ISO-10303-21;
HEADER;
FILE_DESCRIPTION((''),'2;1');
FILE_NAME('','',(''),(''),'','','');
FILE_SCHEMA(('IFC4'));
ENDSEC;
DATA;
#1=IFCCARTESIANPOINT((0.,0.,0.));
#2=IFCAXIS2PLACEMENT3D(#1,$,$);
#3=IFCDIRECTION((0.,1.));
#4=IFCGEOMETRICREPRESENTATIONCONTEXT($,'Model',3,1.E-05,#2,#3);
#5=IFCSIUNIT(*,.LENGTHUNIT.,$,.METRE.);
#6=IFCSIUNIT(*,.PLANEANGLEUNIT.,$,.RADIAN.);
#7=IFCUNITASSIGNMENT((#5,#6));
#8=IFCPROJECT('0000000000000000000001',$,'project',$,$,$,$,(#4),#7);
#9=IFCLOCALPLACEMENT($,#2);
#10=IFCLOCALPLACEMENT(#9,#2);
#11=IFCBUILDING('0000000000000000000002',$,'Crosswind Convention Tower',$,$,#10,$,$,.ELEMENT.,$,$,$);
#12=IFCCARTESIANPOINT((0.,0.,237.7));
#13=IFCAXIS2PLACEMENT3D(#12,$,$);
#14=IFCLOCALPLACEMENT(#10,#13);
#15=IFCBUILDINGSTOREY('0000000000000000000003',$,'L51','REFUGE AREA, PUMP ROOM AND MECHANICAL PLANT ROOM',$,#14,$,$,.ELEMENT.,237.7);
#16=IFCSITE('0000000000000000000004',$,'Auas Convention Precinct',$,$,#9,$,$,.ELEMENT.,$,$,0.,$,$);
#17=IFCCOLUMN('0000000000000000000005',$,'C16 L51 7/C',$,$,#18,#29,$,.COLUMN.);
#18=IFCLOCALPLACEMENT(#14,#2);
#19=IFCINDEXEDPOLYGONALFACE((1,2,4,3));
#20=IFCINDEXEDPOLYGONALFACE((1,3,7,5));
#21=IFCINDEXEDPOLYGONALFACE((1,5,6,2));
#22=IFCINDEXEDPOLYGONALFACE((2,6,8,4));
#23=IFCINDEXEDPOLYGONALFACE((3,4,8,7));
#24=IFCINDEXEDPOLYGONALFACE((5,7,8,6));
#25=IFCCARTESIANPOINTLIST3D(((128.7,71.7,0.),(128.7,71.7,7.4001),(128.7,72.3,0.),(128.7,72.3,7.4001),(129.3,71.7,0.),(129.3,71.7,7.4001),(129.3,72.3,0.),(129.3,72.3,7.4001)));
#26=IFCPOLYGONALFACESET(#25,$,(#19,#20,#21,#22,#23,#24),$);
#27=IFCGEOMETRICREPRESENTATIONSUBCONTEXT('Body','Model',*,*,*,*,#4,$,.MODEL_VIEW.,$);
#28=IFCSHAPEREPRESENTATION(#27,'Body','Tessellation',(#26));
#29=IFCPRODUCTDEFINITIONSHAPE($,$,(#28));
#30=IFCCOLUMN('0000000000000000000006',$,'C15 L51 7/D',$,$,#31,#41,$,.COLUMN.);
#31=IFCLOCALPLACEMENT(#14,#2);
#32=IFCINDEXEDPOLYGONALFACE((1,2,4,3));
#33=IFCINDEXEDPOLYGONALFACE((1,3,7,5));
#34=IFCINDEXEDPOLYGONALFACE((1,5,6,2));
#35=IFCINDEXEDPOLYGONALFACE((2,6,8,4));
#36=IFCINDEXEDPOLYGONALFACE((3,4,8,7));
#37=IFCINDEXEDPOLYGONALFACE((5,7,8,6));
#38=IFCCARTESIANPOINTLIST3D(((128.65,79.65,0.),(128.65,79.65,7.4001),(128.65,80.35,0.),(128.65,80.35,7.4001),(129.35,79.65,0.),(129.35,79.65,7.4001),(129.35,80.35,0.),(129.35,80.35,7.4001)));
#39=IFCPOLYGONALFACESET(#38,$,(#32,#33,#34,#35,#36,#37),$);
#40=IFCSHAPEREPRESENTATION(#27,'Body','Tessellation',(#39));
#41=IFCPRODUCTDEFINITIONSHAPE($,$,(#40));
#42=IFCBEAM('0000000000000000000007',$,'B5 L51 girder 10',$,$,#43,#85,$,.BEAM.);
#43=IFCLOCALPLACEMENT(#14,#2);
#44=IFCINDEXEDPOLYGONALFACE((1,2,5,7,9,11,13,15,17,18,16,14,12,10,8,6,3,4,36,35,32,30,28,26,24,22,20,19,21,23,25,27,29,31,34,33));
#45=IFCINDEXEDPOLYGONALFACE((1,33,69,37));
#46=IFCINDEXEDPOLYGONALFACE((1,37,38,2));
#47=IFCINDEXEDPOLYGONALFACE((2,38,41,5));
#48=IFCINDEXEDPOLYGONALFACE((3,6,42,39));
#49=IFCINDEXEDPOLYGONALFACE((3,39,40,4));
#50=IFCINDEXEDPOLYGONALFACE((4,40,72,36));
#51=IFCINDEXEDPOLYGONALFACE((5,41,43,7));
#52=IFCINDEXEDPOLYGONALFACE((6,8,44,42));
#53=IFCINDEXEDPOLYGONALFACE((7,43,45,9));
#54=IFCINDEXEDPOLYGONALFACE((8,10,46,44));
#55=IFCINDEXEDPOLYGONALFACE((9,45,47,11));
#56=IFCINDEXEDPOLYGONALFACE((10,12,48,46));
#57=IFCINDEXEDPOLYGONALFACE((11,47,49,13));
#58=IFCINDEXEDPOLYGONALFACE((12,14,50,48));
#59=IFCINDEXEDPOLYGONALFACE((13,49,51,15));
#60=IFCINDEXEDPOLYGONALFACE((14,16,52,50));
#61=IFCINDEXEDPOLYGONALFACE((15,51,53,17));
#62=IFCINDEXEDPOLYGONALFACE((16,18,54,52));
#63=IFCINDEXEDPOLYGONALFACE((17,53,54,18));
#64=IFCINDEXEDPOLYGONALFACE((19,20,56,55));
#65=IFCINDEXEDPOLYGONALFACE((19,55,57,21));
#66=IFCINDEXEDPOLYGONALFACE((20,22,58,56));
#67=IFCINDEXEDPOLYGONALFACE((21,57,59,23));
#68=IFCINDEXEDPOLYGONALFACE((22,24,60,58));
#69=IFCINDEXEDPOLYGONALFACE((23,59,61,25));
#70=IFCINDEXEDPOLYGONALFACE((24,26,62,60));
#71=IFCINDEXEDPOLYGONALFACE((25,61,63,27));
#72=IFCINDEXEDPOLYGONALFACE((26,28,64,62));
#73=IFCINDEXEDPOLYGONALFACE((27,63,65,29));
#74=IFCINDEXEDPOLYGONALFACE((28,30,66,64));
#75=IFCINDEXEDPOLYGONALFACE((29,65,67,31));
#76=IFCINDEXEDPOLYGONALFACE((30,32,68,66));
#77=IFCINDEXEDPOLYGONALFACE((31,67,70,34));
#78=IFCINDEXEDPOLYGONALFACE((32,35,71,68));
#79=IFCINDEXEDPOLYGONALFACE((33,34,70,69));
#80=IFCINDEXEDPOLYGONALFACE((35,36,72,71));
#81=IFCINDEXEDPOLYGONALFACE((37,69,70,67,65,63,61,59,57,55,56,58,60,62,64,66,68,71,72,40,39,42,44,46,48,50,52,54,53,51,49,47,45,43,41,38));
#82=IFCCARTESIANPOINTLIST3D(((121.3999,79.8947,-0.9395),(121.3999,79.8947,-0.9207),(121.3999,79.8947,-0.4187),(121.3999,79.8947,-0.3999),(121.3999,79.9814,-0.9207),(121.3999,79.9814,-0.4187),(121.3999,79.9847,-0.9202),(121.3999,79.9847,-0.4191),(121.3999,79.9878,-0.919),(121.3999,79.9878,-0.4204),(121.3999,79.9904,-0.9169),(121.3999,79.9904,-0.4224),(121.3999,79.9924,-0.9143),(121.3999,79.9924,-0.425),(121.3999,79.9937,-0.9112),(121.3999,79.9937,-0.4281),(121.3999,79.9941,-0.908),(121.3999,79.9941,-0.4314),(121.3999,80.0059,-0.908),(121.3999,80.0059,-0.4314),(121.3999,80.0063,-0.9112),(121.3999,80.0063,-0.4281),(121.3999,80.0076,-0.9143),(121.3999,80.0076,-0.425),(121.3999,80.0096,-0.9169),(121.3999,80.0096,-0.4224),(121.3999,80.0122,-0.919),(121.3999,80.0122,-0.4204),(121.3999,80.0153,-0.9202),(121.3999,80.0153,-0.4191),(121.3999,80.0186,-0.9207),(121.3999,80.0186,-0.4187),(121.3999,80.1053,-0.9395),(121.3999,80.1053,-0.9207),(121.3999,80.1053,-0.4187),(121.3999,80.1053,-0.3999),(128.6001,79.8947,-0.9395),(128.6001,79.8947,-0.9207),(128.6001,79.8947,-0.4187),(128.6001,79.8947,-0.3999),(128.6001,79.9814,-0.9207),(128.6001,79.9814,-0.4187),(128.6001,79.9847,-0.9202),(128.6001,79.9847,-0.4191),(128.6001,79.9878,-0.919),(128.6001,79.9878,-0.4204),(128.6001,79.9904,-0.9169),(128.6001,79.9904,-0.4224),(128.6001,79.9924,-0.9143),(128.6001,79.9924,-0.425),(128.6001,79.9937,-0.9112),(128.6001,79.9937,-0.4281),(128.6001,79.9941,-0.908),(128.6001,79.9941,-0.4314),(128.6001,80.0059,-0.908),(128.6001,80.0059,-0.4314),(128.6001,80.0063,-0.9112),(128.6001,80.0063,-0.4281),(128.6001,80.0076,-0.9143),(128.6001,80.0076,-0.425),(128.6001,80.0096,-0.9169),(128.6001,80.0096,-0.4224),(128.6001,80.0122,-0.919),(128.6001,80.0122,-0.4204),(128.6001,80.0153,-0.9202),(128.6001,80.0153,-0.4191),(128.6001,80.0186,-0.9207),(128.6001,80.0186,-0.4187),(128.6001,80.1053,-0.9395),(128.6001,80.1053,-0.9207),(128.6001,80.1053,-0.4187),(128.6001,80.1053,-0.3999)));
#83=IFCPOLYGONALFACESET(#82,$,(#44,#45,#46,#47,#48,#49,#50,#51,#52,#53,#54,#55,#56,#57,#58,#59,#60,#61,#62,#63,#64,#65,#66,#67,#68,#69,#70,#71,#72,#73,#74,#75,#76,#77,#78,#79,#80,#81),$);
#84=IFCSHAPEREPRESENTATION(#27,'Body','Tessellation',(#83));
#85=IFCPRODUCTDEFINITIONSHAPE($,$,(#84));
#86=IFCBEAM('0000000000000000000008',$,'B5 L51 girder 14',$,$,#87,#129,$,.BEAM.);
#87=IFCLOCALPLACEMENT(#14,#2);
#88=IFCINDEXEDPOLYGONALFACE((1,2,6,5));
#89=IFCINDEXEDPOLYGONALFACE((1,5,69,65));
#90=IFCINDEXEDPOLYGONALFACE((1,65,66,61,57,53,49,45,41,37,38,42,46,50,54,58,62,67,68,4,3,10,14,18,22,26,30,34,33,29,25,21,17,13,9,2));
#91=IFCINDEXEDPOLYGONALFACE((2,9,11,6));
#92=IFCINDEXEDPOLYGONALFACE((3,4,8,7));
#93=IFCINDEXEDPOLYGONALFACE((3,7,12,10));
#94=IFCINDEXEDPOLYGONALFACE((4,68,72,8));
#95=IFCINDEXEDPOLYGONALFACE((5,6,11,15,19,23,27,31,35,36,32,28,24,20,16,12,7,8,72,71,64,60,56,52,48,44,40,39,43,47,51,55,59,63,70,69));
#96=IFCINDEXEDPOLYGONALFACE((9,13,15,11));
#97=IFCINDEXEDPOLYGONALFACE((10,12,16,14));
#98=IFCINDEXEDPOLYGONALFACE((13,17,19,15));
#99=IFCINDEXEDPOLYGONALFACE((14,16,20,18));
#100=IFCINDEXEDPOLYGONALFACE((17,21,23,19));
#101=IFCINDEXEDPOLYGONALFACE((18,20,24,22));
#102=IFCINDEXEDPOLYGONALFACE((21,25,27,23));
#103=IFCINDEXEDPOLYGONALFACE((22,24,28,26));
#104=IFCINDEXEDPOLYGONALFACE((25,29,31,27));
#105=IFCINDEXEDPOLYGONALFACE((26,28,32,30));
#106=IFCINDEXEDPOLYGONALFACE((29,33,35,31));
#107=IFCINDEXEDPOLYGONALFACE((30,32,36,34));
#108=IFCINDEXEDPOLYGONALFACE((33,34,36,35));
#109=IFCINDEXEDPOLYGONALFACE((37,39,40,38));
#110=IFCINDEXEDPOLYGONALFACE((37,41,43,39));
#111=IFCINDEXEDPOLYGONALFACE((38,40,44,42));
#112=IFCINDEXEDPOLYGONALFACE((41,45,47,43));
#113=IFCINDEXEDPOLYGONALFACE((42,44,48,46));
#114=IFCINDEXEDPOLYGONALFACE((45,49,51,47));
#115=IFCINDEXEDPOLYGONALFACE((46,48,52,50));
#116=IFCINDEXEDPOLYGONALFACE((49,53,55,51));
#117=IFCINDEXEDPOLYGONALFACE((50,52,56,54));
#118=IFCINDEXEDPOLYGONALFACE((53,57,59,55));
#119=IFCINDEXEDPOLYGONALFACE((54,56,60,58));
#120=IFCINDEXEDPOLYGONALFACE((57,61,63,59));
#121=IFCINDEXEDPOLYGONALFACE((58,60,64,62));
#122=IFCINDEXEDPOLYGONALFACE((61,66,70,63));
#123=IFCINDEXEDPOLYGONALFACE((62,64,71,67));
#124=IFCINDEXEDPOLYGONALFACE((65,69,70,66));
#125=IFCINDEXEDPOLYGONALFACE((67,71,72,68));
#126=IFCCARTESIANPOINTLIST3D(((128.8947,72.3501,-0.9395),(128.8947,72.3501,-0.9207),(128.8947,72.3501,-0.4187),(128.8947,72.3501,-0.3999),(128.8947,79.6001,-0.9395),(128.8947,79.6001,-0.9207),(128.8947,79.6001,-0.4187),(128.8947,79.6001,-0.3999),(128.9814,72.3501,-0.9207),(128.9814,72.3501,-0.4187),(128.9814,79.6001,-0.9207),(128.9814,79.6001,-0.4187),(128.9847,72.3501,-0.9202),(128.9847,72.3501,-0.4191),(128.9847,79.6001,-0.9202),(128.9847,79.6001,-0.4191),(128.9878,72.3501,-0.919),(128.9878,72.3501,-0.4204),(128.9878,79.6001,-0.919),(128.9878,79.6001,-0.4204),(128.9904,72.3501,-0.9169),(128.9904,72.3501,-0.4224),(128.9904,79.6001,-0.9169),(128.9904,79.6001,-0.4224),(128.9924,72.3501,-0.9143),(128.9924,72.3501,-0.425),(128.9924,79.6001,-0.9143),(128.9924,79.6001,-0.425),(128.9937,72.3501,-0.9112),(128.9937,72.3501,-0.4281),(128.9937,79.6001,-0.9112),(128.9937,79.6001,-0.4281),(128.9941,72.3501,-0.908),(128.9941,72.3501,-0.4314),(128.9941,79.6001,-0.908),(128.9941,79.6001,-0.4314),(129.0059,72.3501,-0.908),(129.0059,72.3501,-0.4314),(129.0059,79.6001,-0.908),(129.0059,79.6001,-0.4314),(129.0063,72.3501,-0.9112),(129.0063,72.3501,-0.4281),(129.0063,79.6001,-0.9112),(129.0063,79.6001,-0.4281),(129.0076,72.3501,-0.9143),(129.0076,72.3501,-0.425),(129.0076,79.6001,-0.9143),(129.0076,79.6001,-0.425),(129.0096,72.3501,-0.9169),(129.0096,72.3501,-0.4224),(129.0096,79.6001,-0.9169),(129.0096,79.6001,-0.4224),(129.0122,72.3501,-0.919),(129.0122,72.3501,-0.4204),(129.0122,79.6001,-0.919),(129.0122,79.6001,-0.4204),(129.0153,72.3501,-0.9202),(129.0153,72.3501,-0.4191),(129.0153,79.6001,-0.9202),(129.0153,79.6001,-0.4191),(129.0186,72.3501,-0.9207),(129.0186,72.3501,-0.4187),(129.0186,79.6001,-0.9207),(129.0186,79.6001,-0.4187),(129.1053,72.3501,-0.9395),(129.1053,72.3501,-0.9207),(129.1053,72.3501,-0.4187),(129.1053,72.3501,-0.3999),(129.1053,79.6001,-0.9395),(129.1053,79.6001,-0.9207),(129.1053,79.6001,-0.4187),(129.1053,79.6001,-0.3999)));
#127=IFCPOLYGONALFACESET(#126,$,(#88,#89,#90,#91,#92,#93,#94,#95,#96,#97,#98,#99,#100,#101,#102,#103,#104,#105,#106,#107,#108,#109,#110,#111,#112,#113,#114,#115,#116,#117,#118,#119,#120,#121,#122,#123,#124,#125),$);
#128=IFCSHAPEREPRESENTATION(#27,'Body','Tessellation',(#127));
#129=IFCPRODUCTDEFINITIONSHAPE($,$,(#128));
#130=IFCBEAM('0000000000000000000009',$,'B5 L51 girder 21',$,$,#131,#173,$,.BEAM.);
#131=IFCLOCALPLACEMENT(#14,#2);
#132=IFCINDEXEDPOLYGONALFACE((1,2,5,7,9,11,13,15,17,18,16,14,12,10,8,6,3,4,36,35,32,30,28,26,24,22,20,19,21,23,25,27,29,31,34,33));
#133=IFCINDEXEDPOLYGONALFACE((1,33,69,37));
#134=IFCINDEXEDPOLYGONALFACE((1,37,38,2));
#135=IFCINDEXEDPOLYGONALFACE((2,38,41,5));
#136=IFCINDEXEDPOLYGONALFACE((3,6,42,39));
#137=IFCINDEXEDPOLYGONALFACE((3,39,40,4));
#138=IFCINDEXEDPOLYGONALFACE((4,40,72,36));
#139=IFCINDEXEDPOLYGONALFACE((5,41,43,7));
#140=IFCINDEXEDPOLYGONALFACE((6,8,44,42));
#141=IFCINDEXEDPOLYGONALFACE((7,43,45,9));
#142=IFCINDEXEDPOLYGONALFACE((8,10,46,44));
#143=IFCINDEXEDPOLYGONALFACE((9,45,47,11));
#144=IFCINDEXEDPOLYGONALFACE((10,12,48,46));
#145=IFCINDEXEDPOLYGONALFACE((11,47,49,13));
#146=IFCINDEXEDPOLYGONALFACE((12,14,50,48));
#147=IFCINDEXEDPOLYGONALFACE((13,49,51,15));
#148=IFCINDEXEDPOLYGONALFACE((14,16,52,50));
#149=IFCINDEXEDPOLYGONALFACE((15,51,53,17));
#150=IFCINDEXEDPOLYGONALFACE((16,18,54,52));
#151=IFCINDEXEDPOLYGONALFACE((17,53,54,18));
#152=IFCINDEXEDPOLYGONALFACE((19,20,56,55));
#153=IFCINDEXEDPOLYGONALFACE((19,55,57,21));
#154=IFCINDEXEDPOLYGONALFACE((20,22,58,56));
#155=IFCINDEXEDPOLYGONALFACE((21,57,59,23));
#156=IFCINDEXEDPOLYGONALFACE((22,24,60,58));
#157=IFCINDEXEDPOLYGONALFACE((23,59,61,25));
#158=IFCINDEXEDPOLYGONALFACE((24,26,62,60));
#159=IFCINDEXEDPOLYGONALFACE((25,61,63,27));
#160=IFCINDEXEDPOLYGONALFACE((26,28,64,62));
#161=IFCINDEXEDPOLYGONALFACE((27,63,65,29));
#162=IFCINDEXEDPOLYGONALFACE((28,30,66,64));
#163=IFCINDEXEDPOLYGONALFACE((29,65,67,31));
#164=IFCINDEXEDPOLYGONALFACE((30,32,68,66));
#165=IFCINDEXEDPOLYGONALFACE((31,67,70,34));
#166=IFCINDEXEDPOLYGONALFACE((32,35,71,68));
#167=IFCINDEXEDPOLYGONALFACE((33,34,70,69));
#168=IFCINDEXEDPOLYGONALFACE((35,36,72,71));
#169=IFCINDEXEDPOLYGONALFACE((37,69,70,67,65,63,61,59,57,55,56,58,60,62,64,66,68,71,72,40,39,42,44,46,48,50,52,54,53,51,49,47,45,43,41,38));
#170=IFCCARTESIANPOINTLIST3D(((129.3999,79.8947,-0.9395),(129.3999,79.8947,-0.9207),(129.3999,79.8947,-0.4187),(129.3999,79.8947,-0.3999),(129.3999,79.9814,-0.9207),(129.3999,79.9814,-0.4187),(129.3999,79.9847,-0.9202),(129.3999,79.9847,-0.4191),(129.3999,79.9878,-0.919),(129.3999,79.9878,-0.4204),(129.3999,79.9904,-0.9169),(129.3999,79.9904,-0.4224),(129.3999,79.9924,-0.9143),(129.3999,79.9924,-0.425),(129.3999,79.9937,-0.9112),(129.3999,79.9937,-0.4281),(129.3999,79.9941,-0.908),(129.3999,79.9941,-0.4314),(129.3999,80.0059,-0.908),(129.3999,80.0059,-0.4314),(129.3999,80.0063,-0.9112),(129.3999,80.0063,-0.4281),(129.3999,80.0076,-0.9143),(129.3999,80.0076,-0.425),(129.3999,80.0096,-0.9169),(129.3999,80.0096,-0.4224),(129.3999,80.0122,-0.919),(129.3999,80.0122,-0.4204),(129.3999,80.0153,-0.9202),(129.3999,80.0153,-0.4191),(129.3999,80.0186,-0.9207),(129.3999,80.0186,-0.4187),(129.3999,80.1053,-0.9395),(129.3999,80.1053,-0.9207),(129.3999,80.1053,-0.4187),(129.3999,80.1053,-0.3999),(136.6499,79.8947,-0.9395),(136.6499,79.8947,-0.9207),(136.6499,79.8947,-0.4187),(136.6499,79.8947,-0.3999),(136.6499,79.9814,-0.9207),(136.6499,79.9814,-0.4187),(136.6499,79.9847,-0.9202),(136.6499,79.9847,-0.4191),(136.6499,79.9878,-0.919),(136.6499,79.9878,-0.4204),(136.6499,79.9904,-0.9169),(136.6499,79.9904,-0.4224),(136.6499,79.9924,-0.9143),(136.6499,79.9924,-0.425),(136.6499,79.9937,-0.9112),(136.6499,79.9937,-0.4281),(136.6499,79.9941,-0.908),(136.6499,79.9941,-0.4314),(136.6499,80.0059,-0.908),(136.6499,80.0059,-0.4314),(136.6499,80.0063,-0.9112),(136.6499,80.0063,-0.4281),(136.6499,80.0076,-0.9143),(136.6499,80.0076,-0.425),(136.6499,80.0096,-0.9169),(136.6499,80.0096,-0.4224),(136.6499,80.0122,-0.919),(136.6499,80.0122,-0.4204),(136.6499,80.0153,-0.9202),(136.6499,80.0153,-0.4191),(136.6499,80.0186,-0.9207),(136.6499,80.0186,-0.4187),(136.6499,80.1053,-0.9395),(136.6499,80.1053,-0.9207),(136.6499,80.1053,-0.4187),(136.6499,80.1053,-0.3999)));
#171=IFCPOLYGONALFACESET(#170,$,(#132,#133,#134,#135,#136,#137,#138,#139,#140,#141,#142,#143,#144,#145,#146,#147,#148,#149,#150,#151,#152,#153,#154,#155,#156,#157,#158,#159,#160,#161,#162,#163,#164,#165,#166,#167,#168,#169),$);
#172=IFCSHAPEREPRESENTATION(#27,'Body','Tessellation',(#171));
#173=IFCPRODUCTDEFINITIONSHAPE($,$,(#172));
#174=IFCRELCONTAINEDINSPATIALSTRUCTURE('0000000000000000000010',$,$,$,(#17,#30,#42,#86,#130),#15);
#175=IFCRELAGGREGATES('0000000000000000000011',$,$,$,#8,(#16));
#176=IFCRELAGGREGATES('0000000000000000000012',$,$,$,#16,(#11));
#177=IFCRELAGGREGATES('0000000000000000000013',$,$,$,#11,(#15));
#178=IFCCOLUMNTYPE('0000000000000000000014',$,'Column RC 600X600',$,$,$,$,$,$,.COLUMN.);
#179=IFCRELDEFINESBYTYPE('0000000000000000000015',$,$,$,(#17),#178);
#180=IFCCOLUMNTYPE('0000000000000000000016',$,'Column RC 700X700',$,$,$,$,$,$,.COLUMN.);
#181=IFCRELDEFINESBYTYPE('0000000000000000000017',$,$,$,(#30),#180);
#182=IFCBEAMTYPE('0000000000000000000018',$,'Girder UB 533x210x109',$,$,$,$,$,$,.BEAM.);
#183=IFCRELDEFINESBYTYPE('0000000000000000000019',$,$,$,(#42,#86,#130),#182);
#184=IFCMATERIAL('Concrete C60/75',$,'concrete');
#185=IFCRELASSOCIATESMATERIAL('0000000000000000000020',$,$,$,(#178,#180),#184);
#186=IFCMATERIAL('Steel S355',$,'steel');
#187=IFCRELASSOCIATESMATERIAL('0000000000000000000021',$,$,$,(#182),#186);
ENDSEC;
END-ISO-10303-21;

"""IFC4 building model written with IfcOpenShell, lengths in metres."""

from ifc_helpers import new_model, si_unit, direction, frame, origin, origin_2d, place, context, subcontext, project, spatial, rectangle, i_section, extrude, material, material_profile, profile_set, type_object, element, save


model = new_model("IFC4")

# Units and contexts
model_context = context("Model", 3, precision=1e-05, world=origin(), true_north=direction((0.0, 1.0)))
body_context = subcontext(model_context, "Body", "Model", "MODEL_VIEW")
ifc_project = project(units=[si_unit("LENGTHUNIT", "METRE"), si_unit("PLANEANGLEUNIT", "RADIAN")], contexts=[model_context])

# Site, building, storey
site_placement = place(None, origin())
site = spatial("IfcSite", under=ifc_project, at=site_placement, Name="Auas Convention Precinct", CompositionType="ELEMENT", RefElevation=0.0)
building_placement = place(site_placement, origin())
building = spatial("IfcBuilding", under=site, at=building_placement, Name="Crosswind Convention Tower", CompositionType="ELEMENT")
storey_placement = place(building_placement, frame((0.0, 0.0, 237.7)))
storey = spatial("IfcBuildingStorey", under=building, at=storey_placement, Name="L51", Description="REFUGE AREA, PUMP ROOM AND MECHANICAL PLANT ROOM", CompositionType="ELEMENT", Elevation=237.7)

# Columns
ifc_material_1 = material(Name="Concrete C60/75", Category="concrete")
ifc_material_profile_1 = material_profile(ifc_material_1, rectangle(XDim=0.6001, YDim=0.6001, at=origin_2d()), Name="RC 600X600")
ifc_profile_set_1 = profile_set([ifc_material_profile_1], Name="Concrete C60/75")
column_type_1 = type_object("IfcColumnType", Name="Column RC 600X600", PredefinedType="COLUMN", material=ifc_profile_set_1)
column_1_placement = place(storey_placement, frame((129.0, 72.0, 0.0), z_axis=(0.0, 0.0, 1.0), x_axis=(1.0, 0.0, 0.0)))
element("IfcColumn", 1, at=column_1_placement, inside=storey, type_object=column_type_1, Name="C16 L51 7/C", PredefinedType="COLUMN", context=body_context, shape_type="SweptSolid", body=[
    extrude(rectangle(XDim=0.6001, YDim=0.6001, at=origin_2d()), origin(), (0.0, 0.0, 1.0), 7.4001),
])
ifc_material_profile_2 = material_profile(ifc_material_1, rectangle(XDim=0.7, YDim=0.7, at=origin_2d()), Name="RC 700X700")
ifc_profile_set_2 = profile_set([ifc_material_profile_2], Name="Concrete C60/75")
column_type_2 = type_object("IfcColumnType", Name="Column RC 700X700", PredefinedType="COLUMN", material=ifc_profile_set_2)
column_2_placement = place(storey_placement, frame((129.0, 80.0, 0.0), z_axis=(0.0, 0.0, 1.0), x_axis=(1.0, 0.0, 0.0)))
element("IfcColumn", 2, at=column_2_placement, inside=storey, type_object=column_type_2, Name="C15 L51 7/D", PredefinedType="COLUMN", context=body_context, shape_type="SweptSolid", body=[
    extrude(rectangle(XDim=0.7, YDim=0.7, at=origin_2d()), origin(), (0.0, 0.0, 1.0), 7.4001),
])

# Beams
ifc_material_2 = material(Name="Steel S355", Category="steel")
ifc_material_profile_3 = material_profile(ifc_material_2, i_section(OverallWidth=0.2107, OverallDepth=0.5396, WebThickness=0.0117, FlangeThickness=0.0188, FilletRadius=0.0127, at=origin_2d()), Name="UB 533x210x109")
ifc_profile_set_3 = profile_set([ifc_material_profile_3], Name="Steel S355")
beam_type_1 = type_object("IfcBeamType", Name="Girder UB 533x210x109", PredefinedType="BEAM", material=ifc_profile_set_3)
beam_1_placement = place(storey_placement, frame((121.3999, 80.0, -0.6697), z_axis=(1.0, 0.0, 0.0), x_axis=(0.0, 1.0, 0.0)))
element("IfcBeam", 3, at=beam_1_placement, inside=storey, type_object=beam_type_1, Name="B5 L51 girder 10", PredefinedType="BEAM", context=body_context, shape_type="SweptSolid", body=[
    extrude(i_section(OverallWidth=0.2107, OverallDepth=0.5396, WebThickness=0.0117, FlangeThickness=0.0188, FilletRadius=0.0127, at=origin_2d()), origin(), (0.0, 0.0, 1.0), 7.2002),
])
for number, where, z_axis, x_axis, name in (
    (4, (129.0, 72.3501, -0.6697), (0.0, 1.0, 0.0), (-1.0, 0.0, 0.0), "B5 L51 girder 14"),
    (5, (129.3999, 80.0, -0.6697), (1.0, 0.0, 0.0), (0.0, 1.0, 0.0), "B5 L51 girder 21"),
):
    element("IfcBeam", number, at=place(storey_placement, frame(where, z_axis=z_axis, x_axis=x_axis)), inside=storey, type_object=beam_type_1, Name=name, PredefinedType="BEAM", context=body_context, shape_type="SweptSolid", body=[
        extrude(i_section(OverallWidth=0.2107, OverallDepth=0.5396, WebThickness=0.0117, FlangeThickness=0.0188, FilletRadius=0.0127, at=origin_2d()), origin(), (0.0, 0.0, 1.0), 7.25),
    ])

save(model, "model.ifc")
